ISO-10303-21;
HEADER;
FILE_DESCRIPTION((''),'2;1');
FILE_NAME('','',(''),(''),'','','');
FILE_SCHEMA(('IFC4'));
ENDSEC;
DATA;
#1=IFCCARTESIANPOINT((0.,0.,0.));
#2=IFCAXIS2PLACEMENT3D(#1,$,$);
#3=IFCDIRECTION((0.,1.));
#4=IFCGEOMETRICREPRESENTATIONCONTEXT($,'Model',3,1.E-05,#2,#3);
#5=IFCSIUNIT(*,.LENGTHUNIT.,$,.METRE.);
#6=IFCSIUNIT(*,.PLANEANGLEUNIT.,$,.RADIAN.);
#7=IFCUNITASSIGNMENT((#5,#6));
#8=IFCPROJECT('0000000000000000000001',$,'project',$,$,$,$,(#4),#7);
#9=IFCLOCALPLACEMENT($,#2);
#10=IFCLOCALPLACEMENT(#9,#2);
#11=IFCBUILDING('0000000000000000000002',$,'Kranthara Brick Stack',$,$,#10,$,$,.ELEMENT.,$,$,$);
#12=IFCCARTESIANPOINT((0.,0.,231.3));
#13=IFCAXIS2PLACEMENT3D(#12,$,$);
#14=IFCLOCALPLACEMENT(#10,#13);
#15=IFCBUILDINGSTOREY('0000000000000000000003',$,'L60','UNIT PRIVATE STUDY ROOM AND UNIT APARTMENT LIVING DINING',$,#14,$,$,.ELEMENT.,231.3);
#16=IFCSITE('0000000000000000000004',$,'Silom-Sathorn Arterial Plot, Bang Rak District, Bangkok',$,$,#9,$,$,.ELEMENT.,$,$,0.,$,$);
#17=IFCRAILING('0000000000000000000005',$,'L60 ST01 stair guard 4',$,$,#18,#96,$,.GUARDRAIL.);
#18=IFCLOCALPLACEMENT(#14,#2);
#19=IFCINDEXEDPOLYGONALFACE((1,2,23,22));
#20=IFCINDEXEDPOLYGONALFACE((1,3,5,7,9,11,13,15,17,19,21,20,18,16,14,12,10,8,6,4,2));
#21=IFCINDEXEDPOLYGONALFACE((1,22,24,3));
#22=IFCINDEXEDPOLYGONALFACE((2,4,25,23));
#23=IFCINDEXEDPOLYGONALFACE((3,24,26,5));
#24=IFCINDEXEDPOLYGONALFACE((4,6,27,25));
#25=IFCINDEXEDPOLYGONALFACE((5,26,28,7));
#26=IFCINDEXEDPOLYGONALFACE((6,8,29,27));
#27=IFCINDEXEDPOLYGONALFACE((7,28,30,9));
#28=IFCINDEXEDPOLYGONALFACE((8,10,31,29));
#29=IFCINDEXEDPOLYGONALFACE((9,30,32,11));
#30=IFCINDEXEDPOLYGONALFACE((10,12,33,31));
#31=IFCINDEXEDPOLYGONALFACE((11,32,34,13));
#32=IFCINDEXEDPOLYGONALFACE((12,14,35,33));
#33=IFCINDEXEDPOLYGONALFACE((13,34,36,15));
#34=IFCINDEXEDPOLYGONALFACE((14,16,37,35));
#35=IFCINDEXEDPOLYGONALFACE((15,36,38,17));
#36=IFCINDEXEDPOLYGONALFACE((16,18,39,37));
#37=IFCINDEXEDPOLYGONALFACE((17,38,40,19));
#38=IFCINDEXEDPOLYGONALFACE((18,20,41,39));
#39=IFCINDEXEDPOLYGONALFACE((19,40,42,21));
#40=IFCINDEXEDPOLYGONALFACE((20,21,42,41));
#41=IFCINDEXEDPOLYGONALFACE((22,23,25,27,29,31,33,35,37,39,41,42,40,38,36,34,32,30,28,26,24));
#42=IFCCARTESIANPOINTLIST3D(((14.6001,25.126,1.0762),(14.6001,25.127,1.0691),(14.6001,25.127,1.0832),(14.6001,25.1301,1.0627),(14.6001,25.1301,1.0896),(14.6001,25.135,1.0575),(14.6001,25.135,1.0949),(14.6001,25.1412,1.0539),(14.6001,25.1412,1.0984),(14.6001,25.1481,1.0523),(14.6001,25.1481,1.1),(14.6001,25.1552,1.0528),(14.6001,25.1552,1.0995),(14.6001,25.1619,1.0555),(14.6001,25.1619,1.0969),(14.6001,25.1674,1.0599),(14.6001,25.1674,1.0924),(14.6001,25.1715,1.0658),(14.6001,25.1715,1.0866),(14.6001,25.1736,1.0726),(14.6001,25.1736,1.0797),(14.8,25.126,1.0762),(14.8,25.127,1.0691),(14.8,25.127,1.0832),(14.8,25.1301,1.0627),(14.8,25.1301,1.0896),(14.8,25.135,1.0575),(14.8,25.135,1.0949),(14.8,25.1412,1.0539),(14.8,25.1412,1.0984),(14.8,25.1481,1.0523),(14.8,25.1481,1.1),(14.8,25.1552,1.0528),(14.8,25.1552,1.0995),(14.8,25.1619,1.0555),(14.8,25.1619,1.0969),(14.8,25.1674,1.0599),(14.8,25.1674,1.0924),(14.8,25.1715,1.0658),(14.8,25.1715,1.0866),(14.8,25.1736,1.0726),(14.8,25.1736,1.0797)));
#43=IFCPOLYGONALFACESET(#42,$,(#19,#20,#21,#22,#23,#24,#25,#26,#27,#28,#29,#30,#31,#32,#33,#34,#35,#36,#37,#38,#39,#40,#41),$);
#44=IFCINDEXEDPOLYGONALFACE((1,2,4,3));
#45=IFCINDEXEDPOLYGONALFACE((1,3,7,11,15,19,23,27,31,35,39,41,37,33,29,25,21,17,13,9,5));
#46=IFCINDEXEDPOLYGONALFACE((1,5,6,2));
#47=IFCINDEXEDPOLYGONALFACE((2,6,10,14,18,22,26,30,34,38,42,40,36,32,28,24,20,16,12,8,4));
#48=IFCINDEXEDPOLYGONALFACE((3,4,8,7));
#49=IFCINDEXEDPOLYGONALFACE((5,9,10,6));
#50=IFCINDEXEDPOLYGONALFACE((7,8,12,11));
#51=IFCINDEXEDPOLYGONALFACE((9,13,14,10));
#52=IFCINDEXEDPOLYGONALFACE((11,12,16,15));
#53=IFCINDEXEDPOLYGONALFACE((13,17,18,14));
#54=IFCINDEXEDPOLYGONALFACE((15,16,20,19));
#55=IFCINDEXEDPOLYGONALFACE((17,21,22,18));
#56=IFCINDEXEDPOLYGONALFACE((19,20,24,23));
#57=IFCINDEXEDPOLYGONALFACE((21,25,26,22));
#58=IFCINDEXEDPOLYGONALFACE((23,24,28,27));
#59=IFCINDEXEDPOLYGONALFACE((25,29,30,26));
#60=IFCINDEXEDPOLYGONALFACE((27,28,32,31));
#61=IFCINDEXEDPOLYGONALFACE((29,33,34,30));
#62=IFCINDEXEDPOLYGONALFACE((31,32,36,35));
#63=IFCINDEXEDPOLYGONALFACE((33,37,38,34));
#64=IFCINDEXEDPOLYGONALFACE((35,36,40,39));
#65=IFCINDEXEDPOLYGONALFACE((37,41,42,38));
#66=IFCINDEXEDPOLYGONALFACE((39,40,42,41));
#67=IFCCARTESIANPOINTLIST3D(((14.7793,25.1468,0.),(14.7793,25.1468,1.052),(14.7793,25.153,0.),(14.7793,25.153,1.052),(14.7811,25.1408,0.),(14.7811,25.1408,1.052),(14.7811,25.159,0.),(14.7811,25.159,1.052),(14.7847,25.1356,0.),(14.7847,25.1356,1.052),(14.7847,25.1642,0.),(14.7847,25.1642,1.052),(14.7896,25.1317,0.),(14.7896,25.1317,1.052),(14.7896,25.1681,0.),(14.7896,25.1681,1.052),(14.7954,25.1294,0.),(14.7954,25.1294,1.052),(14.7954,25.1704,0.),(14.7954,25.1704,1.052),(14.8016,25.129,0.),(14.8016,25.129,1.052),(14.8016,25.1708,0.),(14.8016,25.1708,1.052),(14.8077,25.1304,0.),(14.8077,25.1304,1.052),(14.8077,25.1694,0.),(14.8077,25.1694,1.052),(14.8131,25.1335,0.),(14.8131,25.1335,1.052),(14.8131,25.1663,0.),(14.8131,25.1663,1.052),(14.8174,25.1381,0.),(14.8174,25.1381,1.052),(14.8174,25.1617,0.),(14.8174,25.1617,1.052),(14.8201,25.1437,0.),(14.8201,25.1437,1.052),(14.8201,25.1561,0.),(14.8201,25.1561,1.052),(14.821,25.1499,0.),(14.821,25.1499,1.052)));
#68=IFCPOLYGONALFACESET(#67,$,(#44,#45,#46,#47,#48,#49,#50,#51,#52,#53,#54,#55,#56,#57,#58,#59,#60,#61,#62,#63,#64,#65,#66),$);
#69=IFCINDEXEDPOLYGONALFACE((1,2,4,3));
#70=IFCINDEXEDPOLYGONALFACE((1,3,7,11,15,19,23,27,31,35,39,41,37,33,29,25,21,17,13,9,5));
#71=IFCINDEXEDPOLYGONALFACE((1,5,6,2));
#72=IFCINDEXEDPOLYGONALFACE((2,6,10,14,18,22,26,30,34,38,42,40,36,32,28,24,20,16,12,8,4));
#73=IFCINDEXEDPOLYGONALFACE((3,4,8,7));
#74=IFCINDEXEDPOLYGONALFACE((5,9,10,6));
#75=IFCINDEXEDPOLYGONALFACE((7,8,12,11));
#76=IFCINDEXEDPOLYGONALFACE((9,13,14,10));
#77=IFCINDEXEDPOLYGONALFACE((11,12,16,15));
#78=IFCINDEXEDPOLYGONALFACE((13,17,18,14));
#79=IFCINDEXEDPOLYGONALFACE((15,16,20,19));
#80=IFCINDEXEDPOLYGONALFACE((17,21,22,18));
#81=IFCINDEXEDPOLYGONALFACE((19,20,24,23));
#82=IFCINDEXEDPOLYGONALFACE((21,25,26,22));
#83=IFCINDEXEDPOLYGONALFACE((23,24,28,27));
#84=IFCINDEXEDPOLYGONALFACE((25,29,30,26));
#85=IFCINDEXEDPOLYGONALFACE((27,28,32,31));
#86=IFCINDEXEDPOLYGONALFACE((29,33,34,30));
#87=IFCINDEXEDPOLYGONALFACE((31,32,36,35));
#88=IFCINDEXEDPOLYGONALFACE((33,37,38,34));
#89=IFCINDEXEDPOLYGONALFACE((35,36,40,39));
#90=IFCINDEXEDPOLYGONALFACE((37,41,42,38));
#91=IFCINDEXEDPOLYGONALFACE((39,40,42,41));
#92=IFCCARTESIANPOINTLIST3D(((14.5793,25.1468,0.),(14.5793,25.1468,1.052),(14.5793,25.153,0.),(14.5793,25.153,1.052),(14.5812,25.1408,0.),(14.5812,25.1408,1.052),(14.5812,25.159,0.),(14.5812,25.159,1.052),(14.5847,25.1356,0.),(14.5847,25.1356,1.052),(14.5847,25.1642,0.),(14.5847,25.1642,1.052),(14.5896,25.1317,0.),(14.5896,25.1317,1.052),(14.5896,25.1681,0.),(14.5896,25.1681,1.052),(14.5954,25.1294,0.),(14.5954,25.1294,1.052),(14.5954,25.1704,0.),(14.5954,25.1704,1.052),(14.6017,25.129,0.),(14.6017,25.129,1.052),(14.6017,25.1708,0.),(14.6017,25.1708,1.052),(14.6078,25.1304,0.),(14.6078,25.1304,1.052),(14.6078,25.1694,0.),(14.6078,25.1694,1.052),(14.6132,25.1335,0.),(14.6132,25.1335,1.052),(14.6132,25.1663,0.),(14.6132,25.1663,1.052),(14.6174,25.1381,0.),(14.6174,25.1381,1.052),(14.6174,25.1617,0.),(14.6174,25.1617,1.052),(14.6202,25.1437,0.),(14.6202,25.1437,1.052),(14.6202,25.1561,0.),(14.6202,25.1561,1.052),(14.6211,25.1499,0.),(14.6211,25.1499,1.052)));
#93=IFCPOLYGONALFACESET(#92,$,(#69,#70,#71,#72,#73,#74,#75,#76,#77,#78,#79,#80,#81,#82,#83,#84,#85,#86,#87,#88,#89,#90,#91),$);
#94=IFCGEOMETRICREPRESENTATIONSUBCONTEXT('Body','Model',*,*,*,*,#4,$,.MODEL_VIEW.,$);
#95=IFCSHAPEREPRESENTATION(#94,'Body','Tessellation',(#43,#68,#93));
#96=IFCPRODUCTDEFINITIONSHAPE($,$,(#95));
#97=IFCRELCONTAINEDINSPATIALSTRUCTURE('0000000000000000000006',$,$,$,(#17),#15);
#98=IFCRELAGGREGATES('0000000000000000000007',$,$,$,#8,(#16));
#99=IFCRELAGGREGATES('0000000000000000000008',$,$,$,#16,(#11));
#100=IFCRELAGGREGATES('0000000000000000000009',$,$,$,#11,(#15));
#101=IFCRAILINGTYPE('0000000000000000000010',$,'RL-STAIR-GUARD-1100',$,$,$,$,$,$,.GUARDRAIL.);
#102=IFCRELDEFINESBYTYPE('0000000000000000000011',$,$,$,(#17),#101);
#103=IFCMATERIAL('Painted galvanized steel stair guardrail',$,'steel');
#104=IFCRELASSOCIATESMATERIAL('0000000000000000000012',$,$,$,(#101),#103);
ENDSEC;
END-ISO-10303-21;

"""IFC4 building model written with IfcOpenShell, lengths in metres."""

from ifc_helpers import new_model, si_unit, direction, frame, origin, origin_2d, place, context, subcontext, project, spatial, circle, extrude, material, type_object, element, save


model = new_model("IFC4")

# Units and contexts
model_context = context("Model", 3, precision=1e-05, world=origin(), true_north=direction((0.0, 1.0)))
body_context = subcontext(model_context, "Body", "Model", "MODEL_VIEW")
ifc_project = project(units=[si_unit("LENGTHUNIT", "METRE"), si_unit("PLANEANGLEUNIT", "RADIAN")], contexts=[model_context])

# Site, building, storey
site_placement = place(None, origin())
site = spatial("IfcSite", under=ifc_project, at=site_placement, Name="Silom-Sathorn Arterial Plot, Bang Rak District, Bangkok", CompositionType="ELEMENT", RefElevation=0.0)
building_placement = place(site_placement, origin())
building = spatial("IfcBuilding", under=site, at=building_placement, Name="Kranthara Brick Stack", CompositionType="ELEMENT")
storey_placement = place(building_placement, frame((0.0, 0.0, 231.3)))
storey = spatial("IfcBuildingStorey", under=building, at=storey_placement, Name="L60", Description="UNIT PRIVATE STUDY ROOM AND UNIT APARTMENT LIVING DINING", CompositionType="ELEMENT", Elevation=231.3)

# Railing
ifc_material_1 = material(Name="Painted galvanized steel stair guardrail", Category="steel")
railing_type_1 = type_object("IfcRailingType", Name="RL-STAIR-GUARD-1100", PredefinedType="GUARDRAIL", material=ifc_material_1)
railing_1_placement = place(storey_placement, frame((14.8, 25.1499, 0.0)))
element("IfcRailing", 1, at=railing_1_placement, inside=storey, type_object=railing_type_1, Name="L60 ST01 stair guard 4", PredefinedType="GUARDRAIL", context=body_context, shape_type="SweptSolid", body=[
    extrude(circle(Radius=0.0239, at=origin_2d()), frame((0.0, 0.0, 1.0762), z_axis=(-1.0, 0.0, 0.0), x_axis=(0.0, -1.0, 0.0)), (0.0, 0.0, 1.0), 0.2),
    extrude(circle(Radius=0.021, at=origin_2d()), origin(), (0.0, 0.0, 1.0), 1.052),
    extrude(circle(Radius=0.021, at=origin_2d()), frame((-0.2, 0.0, 0.0)), (0.0, 0.0, 1.0), 1.052),
])

save(model, "model.ifc")
